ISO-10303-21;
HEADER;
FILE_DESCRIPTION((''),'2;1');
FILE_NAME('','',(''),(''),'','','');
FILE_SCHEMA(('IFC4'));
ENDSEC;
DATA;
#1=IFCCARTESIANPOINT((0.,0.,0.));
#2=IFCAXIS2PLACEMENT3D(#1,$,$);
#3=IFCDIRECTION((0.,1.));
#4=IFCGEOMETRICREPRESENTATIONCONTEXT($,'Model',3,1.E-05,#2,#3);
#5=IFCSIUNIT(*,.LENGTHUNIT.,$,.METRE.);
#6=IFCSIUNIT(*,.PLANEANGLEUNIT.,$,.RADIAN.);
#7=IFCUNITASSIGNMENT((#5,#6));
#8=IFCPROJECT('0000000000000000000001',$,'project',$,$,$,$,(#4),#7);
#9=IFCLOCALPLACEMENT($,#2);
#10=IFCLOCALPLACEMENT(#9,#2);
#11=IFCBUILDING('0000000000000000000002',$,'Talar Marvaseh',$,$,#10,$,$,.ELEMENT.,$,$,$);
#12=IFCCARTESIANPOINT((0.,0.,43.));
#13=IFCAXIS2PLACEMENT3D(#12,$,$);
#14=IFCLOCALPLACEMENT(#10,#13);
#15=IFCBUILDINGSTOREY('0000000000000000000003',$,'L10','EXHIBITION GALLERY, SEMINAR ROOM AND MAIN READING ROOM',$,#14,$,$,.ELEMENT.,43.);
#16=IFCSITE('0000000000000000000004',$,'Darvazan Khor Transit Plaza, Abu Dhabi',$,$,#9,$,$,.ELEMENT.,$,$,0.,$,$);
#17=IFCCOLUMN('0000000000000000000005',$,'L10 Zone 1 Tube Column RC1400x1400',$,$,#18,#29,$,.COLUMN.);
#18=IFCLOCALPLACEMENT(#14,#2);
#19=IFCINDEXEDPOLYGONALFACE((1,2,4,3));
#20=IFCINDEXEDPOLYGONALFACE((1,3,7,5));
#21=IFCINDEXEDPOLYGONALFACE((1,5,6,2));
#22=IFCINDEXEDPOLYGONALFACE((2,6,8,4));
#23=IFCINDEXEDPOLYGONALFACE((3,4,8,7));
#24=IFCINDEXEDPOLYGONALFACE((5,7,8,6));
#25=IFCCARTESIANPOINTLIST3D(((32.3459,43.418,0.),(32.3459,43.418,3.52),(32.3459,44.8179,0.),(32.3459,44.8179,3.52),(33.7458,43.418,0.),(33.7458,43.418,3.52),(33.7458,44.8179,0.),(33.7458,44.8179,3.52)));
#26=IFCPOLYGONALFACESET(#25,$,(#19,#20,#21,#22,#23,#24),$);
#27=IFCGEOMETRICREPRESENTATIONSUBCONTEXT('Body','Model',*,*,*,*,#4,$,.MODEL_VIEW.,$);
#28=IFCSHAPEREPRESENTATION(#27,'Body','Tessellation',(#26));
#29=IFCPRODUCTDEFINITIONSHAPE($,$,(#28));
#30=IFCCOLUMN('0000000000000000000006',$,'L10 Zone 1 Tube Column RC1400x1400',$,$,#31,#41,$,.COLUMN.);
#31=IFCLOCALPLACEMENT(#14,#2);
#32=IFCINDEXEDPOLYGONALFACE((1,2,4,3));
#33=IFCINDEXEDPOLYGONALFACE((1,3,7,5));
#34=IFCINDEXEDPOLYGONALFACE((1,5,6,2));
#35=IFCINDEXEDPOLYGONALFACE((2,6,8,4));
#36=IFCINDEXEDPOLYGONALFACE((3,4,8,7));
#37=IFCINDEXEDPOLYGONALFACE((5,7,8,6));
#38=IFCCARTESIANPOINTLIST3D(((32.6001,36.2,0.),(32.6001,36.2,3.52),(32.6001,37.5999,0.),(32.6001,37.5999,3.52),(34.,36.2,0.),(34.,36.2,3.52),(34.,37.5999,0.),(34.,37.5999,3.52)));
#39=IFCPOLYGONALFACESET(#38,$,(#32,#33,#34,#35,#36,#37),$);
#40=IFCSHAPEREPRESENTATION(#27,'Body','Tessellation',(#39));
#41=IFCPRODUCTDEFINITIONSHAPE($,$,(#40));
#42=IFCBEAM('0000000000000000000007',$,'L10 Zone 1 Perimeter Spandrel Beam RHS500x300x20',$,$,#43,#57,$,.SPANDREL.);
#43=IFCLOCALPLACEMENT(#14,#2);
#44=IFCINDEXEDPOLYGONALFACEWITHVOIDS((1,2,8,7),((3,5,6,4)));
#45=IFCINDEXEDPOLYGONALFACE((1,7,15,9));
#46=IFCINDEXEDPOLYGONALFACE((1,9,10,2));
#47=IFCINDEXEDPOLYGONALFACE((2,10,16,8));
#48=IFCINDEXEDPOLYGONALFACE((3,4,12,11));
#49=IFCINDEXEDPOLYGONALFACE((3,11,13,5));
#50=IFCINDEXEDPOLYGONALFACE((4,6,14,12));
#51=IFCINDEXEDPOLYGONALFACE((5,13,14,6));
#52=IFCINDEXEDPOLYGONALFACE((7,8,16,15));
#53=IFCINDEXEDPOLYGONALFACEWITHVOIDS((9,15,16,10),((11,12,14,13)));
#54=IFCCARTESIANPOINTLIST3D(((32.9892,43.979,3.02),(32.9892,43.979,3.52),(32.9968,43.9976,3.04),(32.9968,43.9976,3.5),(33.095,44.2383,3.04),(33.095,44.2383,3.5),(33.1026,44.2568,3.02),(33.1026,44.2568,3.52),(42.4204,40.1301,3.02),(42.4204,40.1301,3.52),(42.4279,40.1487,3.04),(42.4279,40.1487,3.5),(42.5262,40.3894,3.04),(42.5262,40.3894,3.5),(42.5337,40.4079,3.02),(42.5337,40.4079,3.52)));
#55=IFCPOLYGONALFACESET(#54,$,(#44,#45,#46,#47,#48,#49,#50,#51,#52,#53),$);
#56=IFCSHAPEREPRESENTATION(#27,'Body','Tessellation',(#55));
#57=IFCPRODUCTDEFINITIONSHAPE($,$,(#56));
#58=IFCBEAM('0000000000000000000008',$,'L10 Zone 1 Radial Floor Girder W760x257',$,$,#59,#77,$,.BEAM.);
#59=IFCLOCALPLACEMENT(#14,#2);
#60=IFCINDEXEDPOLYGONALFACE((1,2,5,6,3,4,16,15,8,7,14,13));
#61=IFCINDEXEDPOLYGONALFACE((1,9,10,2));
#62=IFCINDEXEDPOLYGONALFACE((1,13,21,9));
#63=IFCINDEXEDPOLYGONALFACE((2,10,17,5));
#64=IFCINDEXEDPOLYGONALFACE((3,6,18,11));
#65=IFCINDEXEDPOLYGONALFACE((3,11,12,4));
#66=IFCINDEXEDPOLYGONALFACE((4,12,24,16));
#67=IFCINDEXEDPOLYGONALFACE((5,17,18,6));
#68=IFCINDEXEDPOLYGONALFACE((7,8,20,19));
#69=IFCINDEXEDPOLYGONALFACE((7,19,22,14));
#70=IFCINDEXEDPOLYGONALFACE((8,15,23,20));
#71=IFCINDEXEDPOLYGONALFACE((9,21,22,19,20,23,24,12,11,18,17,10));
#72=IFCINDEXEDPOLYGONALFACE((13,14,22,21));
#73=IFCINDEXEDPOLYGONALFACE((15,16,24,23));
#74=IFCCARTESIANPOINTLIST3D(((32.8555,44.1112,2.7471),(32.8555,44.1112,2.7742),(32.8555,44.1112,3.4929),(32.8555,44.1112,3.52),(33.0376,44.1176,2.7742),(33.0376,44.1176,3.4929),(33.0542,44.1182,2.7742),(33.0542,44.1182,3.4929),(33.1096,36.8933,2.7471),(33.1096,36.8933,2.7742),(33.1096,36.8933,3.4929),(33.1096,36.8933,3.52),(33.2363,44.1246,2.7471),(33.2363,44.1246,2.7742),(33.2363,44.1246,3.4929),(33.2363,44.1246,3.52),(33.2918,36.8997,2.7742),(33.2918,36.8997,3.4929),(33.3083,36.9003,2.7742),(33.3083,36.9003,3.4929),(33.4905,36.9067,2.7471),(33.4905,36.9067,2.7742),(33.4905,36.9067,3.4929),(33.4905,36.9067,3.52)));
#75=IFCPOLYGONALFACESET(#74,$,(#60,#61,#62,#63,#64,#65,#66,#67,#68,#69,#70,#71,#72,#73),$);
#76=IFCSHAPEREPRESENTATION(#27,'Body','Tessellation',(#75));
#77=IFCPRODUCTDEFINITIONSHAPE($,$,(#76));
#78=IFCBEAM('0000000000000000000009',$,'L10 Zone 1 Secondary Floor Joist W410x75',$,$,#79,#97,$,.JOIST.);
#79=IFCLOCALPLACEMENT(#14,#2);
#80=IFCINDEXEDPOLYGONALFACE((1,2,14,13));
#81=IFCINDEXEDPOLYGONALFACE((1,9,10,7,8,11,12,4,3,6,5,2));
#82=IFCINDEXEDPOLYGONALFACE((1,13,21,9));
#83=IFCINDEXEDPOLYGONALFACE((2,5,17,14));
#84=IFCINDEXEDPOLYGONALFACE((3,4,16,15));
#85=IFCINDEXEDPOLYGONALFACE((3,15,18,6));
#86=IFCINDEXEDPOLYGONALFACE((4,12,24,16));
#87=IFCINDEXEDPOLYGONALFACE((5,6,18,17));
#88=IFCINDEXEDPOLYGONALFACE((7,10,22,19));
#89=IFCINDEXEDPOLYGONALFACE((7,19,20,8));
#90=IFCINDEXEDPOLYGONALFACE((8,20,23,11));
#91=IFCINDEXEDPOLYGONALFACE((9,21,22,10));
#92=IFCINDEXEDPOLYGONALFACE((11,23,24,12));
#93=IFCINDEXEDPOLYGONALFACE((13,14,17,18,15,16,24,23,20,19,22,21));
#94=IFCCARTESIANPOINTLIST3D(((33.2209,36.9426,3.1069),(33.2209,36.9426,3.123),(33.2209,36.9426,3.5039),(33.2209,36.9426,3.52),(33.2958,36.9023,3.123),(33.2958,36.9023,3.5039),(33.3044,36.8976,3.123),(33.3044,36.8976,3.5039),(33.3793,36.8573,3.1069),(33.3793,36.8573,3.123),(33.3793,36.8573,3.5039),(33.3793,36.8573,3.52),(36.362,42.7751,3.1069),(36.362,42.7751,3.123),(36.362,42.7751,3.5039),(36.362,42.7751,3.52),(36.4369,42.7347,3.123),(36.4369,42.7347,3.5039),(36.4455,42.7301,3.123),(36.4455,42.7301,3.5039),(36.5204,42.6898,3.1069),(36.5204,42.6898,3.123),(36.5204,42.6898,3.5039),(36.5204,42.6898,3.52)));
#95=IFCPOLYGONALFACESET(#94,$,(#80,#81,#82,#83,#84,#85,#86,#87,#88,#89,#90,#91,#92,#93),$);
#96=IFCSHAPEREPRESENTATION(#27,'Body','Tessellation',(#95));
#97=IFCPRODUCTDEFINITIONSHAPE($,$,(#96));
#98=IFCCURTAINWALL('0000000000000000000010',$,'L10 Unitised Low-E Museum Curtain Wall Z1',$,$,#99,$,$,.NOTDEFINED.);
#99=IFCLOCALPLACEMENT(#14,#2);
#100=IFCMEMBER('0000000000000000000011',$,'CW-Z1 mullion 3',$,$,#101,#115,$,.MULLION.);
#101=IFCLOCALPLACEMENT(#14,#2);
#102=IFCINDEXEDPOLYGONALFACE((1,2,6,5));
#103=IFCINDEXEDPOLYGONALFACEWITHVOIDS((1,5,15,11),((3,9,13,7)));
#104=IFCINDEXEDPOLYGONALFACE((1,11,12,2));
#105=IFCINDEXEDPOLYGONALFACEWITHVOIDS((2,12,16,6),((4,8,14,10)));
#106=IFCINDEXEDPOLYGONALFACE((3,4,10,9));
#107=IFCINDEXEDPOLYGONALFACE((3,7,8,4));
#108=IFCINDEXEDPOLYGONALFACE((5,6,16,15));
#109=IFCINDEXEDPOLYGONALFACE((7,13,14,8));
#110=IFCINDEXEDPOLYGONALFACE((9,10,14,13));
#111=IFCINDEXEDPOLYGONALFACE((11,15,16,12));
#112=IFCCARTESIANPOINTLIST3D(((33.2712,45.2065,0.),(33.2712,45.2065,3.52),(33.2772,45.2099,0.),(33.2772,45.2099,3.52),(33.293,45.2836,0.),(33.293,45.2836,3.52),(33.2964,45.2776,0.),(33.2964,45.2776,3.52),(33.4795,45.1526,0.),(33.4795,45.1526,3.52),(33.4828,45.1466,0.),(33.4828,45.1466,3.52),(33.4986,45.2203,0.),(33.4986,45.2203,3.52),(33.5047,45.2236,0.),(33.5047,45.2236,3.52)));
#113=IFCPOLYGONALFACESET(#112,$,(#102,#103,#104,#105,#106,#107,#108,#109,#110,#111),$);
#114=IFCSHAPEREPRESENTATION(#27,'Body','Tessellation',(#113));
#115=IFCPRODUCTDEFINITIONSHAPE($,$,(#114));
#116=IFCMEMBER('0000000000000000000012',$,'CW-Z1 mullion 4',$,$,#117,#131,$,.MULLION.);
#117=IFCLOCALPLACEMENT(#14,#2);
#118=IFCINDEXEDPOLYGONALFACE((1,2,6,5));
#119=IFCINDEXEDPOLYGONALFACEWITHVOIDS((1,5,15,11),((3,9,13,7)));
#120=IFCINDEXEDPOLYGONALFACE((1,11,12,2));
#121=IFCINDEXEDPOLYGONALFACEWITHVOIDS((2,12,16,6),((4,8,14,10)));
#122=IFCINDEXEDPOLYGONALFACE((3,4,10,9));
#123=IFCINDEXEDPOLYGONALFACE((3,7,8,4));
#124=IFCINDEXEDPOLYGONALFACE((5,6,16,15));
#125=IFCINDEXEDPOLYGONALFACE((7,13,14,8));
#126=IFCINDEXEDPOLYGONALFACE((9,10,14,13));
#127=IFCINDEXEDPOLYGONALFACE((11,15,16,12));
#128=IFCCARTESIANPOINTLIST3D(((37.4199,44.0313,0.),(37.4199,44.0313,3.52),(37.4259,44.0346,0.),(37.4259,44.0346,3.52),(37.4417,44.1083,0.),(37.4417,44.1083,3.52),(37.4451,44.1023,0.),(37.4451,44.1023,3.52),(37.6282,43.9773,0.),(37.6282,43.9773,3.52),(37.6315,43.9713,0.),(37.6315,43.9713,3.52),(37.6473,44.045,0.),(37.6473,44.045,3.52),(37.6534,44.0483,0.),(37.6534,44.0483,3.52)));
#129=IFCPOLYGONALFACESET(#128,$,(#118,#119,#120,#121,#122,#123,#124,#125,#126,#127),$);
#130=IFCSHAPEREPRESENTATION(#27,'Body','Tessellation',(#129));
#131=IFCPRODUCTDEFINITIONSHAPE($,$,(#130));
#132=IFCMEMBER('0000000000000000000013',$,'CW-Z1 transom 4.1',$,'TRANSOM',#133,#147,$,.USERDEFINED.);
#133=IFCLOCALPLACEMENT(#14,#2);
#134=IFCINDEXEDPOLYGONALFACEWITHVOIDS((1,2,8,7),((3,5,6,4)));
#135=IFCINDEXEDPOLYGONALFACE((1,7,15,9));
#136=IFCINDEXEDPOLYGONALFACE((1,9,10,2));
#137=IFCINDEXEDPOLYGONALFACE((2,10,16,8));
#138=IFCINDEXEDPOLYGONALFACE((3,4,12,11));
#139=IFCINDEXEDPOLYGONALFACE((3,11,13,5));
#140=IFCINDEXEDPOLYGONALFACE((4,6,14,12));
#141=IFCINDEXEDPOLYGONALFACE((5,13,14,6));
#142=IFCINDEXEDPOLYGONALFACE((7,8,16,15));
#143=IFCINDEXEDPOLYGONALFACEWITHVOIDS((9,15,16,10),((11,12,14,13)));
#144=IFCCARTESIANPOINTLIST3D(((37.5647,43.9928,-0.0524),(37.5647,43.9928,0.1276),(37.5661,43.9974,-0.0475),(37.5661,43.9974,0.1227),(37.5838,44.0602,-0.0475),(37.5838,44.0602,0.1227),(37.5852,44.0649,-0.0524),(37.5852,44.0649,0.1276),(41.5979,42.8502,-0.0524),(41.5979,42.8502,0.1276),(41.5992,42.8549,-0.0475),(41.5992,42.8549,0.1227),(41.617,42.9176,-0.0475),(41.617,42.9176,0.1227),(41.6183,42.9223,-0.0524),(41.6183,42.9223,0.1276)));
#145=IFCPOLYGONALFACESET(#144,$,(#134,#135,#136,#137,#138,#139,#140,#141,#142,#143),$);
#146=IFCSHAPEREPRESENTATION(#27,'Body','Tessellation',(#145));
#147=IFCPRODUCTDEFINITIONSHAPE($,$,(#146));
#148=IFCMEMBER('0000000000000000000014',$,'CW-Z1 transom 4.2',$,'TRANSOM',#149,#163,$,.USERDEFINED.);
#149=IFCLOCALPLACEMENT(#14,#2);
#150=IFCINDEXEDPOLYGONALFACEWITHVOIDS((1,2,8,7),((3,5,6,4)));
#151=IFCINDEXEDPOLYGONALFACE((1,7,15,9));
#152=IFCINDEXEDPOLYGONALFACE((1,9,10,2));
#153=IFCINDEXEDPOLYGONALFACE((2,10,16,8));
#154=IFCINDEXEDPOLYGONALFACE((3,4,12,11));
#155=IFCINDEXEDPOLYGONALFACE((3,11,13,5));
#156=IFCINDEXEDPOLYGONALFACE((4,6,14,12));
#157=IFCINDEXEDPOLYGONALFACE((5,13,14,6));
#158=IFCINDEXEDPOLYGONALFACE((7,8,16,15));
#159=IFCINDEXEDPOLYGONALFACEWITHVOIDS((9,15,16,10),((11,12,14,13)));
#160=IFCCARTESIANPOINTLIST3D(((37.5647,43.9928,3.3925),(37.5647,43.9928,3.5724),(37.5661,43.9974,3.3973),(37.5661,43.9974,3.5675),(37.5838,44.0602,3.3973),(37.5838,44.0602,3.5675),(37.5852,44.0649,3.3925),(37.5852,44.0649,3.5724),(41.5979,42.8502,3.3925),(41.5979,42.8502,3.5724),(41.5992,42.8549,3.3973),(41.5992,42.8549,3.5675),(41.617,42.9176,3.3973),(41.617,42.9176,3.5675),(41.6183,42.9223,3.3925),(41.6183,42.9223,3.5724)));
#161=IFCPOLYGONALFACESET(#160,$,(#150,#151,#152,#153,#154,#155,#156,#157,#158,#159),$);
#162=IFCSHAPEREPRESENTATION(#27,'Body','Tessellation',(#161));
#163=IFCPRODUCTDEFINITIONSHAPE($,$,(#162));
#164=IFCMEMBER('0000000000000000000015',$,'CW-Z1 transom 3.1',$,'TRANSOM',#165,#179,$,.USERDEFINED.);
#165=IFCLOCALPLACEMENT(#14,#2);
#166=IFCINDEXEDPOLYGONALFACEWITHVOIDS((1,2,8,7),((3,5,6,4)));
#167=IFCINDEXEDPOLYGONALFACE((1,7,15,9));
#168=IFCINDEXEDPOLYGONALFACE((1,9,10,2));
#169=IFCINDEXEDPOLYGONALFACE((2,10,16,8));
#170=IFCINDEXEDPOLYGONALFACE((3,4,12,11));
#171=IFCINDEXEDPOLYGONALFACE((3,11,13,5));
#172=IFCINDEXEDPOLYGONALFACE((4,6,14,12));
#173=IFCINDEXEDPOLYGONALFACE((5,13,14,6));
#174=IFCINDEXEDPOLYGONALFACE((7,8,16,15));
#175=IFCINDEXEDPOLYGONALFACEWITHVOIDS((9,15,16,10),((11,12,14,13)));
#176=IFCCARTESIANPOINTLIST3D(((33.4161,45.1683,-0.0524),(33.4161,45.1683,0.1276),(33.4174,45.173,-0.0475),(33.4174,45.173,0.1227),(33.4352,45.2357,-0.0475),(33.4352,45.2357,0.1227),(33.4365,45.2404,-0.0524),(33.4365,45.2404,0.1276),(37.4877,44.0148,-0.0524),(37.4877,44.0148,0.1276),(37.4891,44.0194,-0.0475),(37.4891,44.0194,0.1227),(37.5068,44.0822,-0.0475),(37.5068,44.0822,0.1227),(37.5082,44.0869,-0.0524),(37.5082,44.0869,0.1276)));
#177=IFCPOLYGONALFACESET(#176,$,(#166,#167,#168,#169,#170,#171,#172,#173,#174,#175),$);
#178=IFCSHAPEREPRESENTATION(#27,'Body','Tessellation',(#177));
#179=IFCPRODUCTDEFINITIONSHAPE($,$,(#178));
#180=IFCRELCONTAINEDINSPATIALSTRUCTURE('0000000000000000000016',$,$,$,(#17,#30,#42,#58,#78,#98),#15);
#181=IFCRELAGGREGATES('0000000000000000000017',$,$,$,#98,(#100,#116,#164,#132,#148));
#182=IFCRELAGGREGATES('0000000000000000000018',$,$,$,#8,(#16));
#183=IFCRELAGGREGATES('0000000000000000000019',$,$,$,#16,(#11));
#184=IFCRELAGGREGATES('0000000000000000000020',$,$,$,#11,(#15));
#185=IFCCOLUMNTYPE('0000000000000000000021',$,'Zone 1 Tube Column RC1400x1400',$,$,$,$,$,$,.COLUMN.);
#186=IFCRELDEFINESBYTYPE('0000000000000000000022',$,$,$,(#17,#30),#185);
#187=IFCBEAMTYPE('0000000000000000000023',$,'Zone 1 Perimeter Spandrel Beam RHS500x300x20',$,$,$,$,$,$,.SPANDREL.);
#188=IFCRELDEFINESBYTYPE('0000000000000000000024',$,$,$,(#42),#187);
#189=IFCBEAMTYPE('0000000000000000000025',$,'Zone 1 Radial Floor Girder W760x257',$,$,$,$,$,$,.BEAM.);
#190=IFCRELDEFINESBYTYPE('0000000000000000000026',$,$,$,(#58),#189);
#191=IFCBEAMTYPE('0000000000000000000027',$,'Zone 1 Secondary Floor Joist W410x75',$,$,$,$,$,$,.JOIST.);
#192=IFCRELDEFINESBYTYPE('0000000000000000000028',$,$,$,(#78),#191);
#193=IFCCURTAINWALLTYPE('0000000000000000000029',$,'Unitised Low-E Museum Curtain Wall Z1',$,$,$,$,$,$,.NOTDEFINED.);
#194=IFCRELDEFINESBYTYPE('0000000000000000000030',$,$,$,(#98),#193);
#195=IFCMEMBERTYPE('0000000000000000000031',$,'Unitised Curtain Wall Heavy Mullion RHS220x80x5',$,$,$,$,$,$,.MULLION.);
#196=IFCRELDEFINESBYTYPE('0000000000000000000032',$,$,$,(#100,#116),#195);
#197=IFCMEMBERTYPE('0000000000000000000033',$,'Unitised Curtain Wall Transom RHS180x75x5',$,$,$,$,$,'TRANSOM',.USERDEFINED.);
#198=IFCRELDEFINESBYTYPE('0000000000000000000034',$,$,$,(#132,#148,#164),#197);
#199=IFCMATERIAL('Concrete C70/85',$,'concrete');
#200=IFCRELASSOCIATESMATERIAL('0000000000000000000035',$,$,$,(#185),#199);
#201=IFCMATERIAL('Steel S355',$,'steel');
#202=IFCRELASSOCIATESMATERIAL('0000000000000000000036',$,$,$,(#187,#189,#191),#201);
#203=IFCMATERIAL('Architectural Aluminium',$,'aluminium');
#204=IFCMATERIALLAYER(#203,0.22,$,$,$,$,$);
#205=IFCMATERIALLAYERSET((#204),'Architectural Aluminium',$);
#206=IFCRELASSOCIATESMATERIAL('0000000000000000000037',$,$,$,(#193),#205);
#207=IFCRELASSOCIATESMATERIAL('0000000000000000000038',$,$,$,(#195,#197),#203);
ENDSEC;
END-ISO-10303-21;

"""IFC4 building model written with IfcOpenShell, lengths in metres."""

from ifc_helpers import new_model, si_unit, direction, frame, origin, origin_2d, place, context, subcontext, project, spatial, rectangle, hollow_rectangle, i_section, extrude, source, transform, mapped, material, layer, layer_set, material_profile, profile_set, type_object, type_shapes, element, aggregate, save


model = new_model("IFC4")

# Units and contexts
model_context = context("Model", 3, precision=1e-05, world=origin(), true_north=direction((0.0, 1.0)))
body_context = subcontext(model_context, "Body", "Model", "MODEL_VIEW")
ifc_project = project(units=[si_unit("LENGTHUNIT", "METRE"), si_unit("PLANEANGLEUNIT", "RADIAN")], contexts=[model_context])

# Site, building, storey
site_placement = place(None, origin())
site = spatial("IfcSite", under=ifc_project, at=site_placement, Name="Darvazan Khor Transit Plaza, Abu Dhabi", CompositionType="ELEMENT", RefElevation=0.0)
building_placement = place(site_placement, origin())
building = spatial("IfcBuilding", under=site, at=building_placement, Name="Talar Marvaseh", CompositionType="ELEMENT")
storey_placement = place(building_placement, frame((0.0, 0.0, 43.0)))
storey = spatial("IfcBuildingStorey", under=building, at=storey_placement, Name="L10", Description="EXHIBITION GALLERY, SEMINAR ROOM AND MAIN READING ROOM", CompositionType="ELEMENT", Elevation=43.0)

# Columns
ifc_material_1 = material(Name="Concrete C70/85", Category="concrete")
ifc_material_profile_1 = material_profile(ifc_material_1, rectangle(XDim=1.3999, YDim=1.3999, at=origin_2d()), Name="RC1400x1400")
ifc_profile_set_1 = profile_set([ifc_material_profile_1], Name="Concrete C70/85")
column_type = type_object("IfcColumnType", Name="Zone 1 Tube Column RC1400x1400", PredefinedType="COLUMN", material=ifc_profile_set_1)
for number, where, z_axis, x_axis, name in (
    (1, (33.0459, 44.1179, 0.0), (0.0, 0.0, 1.0), (1.0, 0.0, 0.0), "L10 Zone 1 Tube Column RC1400x1400"),
    (2, (33.3, 36.8999, 0.0), (0.0, 0.0, 1.0), (1.0, 0.0, 0.0), "L10 Zone 1 Tube Column RC1400x1400"),
):
    element("IfcColumn", number, at=place(storey_placement, frame(where, z_axis=z_axis, x_axis=x_axis)), inside=storey, type_object=column_type, Name=name, PredefinedType="COLUMN", context=body_context, shape_type="SweptSolid", body=[
        extrude(rectangle(XDim=1.3999, YDim=1.3999, at=origin_2d()), origin(), (0.0, 0.0, 1.0), 3.52),
    ])

# Beams
ifc_material_2 = material(Name="Steel S355", Category="steel")
ifc_material_profile_2 = material_profile(ifc_material_2, hollow_rectangle(XDim=0.3, YDim=0.5, WallThickness=0.02, at=origin_2d()), Name="RHS500x300x20")
ifc_profile_set_2 = profile_set([ifc_material_profile_2], Name="Steel S355")
beam_type_1 = type_object("IfcBeamType", Name="Zone 1 Perimeter Spandrel Beam RHS500x300x20", PredefinedType="SPANDREL", material=ifc_profile_set_2)
beam_1_placement = place(storey_placement, frame((33.0459, 44.1179, 3.27), z_axis=(0.925867, -0.377849, 0.0), x_axis=(0.377849, 0.925867, 0.0)))
element("IfcBeam", 3, at=beam_1_placement, inside=storey, type_object=beam_type_1, Name="L10 Zone 1 Perimeter Spandrel Beam RHS500x300x20", PredefinedType="SPANDREL", context=body_context, shape_type="SweptSolid", body=[
    extrude(hollow_rectangle(XDim=0.3, YDim=0.5, WallThickness=0.02, at=origin_2d()), origin(), (0.0, 0.0, 1.0), 10.1863),
])
ifc_material_profile_3 = material_profile(ifc_material_2, i_section(OverallWidth=0.3811, OverallDepth=0.7729, WebThickness=0.0166, FlangeThickness=0.0271, at=origin_2d()), Name="W760x257")
ifc_profile_set_3 = profile_set([ifc_material_profile_3], Name="Steel S355")
beam_type_2 = type_object("IfcBeamType", Name="Zone 1 Radial Floor Girder W760x257", PredefinedType="BEAM", material=ifc_profile_set_3)
beam_2_placement = place(storey_placement, frame((33.0459, 44.1179, 3.1335), z_axis=(0.035189, -0.999381, 0.0), x_axis=(0.999381, 0.035189, 0.0)))
element("IfcBeam", 4, at=beam_2_placement, inside=storey, type_object=beam_type_2, Name="L10 Zone 1 Radial Floor Girder W760x257", PredefinedType="BEAM", context=body_context, shape_type="SweptSolid", body=[
    extrude(i_section(OverallWidth=0.3811, OverallDepth=0.7729, WebThickness=0.0166, FlangeThickness=0.0271, at=origin_2d()), origin(), (0.0, 0.0, 1.0), 7.2224),
])
ifc_material_profile_4 = material_profile(ifc_material_2, i_section(OverallWidth=0.1799, OverallDepth=0.4131, WebThickness=0.0098, FlangeThickness=0.0161, at=origin_2d()), Name="W410x75")
ifc_profile_set_4 = profile_set([ifc_material_profile_4], Name="Steel S355")
beam_type_3 = type_object("IfcBeamType", Name="Zone 1 Secondary Floor Joist W410x75", PredefinedType="JOIST", material=ifc_profile_set_4)
beam_3_placement = place(storey_placement, frame((36.4412, 42.7324, 3.3135), z_axis=(-0.474161, -0.880438, 0.0), x_axis=(0.880438, -0.474161, 0.0)))
element("IfcBeam", 5, at=beam_3_placement, inside=storey, type_object=beam_type_3, Name="L10 Zone 1 Secondary Floor Joist W410x75", PredefinedType="JOIST", context=body_context, shape_type="SweptSolid", body=[
    extrude(i_section(OverallWidth=0.1799, OverallDepth=0.4131, WebThickness=0.0098, FlangeThickness=0.0161, at=origin_2d()), origin(), (0.0, 0.0, 1.0), 6.6245),
])

# Curtain wall, members
ifc_material_3 = material(Name="Architectural Aluminium", Category="aluminium")
ifc_layer_1 = layer(ifc_material_3, 0.22)
ifc_layer_set_1 = layer_set([ifc_layer_1], Name="Architectural Aluminium")
curtain_wall_type = type_object("IfcCurtainWallType", Name="Unitised Low-E Museum Curtain Wall Z1", PredefinedType="NOTDEFINED", material=ifc_layer_set_1)
curtain_wall_placement = place(storey_placement, origin())
curtain_wall = element("IfcCurtainWall", 6, at=curtain_wall_placement, inside=storey, type_object=curtain_wall_type, Name="L10 Unitised Low-E Museum Curtain Wall Z1", PredefinedType="NOTDEFINED")
ifc_material_profile_5 = material_profile(ifc_material_3, hollow_rectangle(XDim=0.0801, YDim=0.22, WallThickness=0.0049, at=origin_2d()), Name="RHS220x80x5")
ifc_profile_set_5 = profile_set([ifc_material_profile_5], Name="Architectural Aluminium")
member_type_1 = type_object("IfcMemberType", Name="Unitised Curtain Wall Heavy Mullion RHS220x80x5", PredefinedType="MULLION", material=ifc_profile_set_5)
shared_shape_1 = source(origin(), body_context, "Body", "SweptSolid", [
    extrude(hollow_rectangle(XDim=0.0801, YDim=0.22, WallThickness=0.0049, at=origin_2d()), origin(), (0.0, 0.0, 1.0), 3.52),
])
type_shapes(member_type_1, [shared_shape_1])
member_1_placement = place(storey_placement, frame((33.3879, 45.2151, 0.0), z_axis=(0.0, 0.0, 1.0), x_axis=(0.272579, 0.962134, 0.0)))
member_1 = element("IfcMember", 7, at=member_1_placement, type_object=member_type_1, Name="CW-Z1 mullion 3", PredefinedType="MULLION", context=body_context, shape_type="MappedRepresentation", body=[
    mapped(shared_shape_1, transform((0.0, 0.0, 0.0), x_axis=(1.0, 0.0, 0.0), y_axis=(0.0, 1.0, 0.0), z_axis=(0.0, 0.0, 1.0), scale=1.0)),
])
member_2_placement = place(storey_placement, frame((37.5366, 44.0398, 0.0), z_axis=(0.0, 0.0, 1.0), x_axis=(0.272579, 0.962134, 0.0)))
member_2 = element("IfcMember", 8, at=member_2_placement, type_object=member_type_1, Name="CW-Z1 mullion 4", PredefinedType="MULLION", context=body_context, shape_type="MappedRepresentation", body=[
    mapped(shared_shape_1, transform((0.0, 0.0, 0.0), x_axis=(1.0, 0.0, 0.0), y_axis=(0.0, 1.0, 0.0), z_axis=(0.0, 0.0, 1.0), scale=1.0)),
])
ifc_material_profile_6 = material_profile(ifc_material_3, hollow_rectangle(XDim=0.075, YDim=0.1799, WallThickness=0.0049, at=origin_2d()), Name="RHS180x75x5")
ifc_profile_set_6 = profile_set([ifc_material_profile_6], Name="Architectural Aluminium")
member_type_2 = type_object("IfcMemberType", Name="Unitised Curtain Wall Transom RHS180x75x5", ElementType="TRANSOM", PredefinedType="USERDEFINED", material=ifc_profile_set_6)
shared_shape_2 = source(origin(), body_context, "Body", "SweptSolid", [
    extrude(hollow_rectangle(XDim=0.075, YDim=0.1799, WallThickness=0.0049, at=origin_2d()), origin(), (0.0, 0.0, 1.0), 4.1919),
])
member_3_placement = place(storey_placement, frame((37.575, 44.0288, 0.0376), z_axis=(0.962137, -0.272567, 0.0), x_axis=(0.272567, 0.962137, 0.0)))
member_3 = element("IfcMember", 9, at=member_3_placement, type_object=member_type_2, Name="CW-Z1 transom 4.1", ObjectType="TRANSOM", PredefinedType="USERDEFINED", context=body_context, shape_type="MappedRepresentation", body=[
    mapped(shared_shape_2, transform((0.0, 0.0, 0.0), x_axis=(1.0, 0.0, 0.0), y_axis=(0.0, 1.0, 0.0), z_axis=(0.0, 0.0, 1.0), scale=1.0)),
])
member_4_placement = place(storey_placement, frame((37.575, 44.0288, 3.4824), z_axis=(0.962137, -0.272567, 0.0), x_axis=(0.272567, 0.962137, 0.0)))
member_4 = element("IfcMember", 10, at=member_4_placement, type_object=member_type_2, Name="CW-Z1 transom 4.2", ObjectType="TRANSOM", PredefinedType="USERDEFINED", context=body_context, shape_type="MappedRepresentation", body=[
    mapped(shared_shape_2, transform((0.0, 0.0, 0.0), x_axis=(1.0, 0.0, 0.0), y_axis=(0.0, 1.0, 0.0), z_axis=(0.0, 0.0, 1.0), scale=1.0)),
])
shared_shape_3 = source(origin(), body_context, "Body", "SweptSolid", [
    extrude(hollow_rectangle(XDim=0.075, YDim=0.1799, WallThickness=0.0049, at=origin_2d()), origin(), (0.0, 0.0, 1.0), 4.2319),
])
type_shapes(member_type_2, [shared_shape_2, shared_shape_3])
member_5_placement = place(storey_placement, frame((33.4263, 45.2043, 0.0376), z_axis=(0.962133, -0.272579, 0.0), x_axis=(0.272579, 0.962133, 0.0)))
member_5 = element("IfcMember", 11, at=member_5_placement, type_object=member_type_2, Name="CW-Z1 transom 3.1", ObjectType="TRANSOM", PredefinedType="USERDEFINED", context=body_context, shape_type="MappedRepresentation", body=[
    mapped(shared_shape_3, transform((0.0, 0.0, 0.0), x_axis=(1.0, 0.0, 0.0), y_axis=(0.0, 1.0, 0.0), z_axis=(0.0, 0.0, 1.0), scale=1.0)),
])
aggregate(curtain_wall, [member_1, member_2, member_5, member_3, member_4])

save(model, "model.ifc")
